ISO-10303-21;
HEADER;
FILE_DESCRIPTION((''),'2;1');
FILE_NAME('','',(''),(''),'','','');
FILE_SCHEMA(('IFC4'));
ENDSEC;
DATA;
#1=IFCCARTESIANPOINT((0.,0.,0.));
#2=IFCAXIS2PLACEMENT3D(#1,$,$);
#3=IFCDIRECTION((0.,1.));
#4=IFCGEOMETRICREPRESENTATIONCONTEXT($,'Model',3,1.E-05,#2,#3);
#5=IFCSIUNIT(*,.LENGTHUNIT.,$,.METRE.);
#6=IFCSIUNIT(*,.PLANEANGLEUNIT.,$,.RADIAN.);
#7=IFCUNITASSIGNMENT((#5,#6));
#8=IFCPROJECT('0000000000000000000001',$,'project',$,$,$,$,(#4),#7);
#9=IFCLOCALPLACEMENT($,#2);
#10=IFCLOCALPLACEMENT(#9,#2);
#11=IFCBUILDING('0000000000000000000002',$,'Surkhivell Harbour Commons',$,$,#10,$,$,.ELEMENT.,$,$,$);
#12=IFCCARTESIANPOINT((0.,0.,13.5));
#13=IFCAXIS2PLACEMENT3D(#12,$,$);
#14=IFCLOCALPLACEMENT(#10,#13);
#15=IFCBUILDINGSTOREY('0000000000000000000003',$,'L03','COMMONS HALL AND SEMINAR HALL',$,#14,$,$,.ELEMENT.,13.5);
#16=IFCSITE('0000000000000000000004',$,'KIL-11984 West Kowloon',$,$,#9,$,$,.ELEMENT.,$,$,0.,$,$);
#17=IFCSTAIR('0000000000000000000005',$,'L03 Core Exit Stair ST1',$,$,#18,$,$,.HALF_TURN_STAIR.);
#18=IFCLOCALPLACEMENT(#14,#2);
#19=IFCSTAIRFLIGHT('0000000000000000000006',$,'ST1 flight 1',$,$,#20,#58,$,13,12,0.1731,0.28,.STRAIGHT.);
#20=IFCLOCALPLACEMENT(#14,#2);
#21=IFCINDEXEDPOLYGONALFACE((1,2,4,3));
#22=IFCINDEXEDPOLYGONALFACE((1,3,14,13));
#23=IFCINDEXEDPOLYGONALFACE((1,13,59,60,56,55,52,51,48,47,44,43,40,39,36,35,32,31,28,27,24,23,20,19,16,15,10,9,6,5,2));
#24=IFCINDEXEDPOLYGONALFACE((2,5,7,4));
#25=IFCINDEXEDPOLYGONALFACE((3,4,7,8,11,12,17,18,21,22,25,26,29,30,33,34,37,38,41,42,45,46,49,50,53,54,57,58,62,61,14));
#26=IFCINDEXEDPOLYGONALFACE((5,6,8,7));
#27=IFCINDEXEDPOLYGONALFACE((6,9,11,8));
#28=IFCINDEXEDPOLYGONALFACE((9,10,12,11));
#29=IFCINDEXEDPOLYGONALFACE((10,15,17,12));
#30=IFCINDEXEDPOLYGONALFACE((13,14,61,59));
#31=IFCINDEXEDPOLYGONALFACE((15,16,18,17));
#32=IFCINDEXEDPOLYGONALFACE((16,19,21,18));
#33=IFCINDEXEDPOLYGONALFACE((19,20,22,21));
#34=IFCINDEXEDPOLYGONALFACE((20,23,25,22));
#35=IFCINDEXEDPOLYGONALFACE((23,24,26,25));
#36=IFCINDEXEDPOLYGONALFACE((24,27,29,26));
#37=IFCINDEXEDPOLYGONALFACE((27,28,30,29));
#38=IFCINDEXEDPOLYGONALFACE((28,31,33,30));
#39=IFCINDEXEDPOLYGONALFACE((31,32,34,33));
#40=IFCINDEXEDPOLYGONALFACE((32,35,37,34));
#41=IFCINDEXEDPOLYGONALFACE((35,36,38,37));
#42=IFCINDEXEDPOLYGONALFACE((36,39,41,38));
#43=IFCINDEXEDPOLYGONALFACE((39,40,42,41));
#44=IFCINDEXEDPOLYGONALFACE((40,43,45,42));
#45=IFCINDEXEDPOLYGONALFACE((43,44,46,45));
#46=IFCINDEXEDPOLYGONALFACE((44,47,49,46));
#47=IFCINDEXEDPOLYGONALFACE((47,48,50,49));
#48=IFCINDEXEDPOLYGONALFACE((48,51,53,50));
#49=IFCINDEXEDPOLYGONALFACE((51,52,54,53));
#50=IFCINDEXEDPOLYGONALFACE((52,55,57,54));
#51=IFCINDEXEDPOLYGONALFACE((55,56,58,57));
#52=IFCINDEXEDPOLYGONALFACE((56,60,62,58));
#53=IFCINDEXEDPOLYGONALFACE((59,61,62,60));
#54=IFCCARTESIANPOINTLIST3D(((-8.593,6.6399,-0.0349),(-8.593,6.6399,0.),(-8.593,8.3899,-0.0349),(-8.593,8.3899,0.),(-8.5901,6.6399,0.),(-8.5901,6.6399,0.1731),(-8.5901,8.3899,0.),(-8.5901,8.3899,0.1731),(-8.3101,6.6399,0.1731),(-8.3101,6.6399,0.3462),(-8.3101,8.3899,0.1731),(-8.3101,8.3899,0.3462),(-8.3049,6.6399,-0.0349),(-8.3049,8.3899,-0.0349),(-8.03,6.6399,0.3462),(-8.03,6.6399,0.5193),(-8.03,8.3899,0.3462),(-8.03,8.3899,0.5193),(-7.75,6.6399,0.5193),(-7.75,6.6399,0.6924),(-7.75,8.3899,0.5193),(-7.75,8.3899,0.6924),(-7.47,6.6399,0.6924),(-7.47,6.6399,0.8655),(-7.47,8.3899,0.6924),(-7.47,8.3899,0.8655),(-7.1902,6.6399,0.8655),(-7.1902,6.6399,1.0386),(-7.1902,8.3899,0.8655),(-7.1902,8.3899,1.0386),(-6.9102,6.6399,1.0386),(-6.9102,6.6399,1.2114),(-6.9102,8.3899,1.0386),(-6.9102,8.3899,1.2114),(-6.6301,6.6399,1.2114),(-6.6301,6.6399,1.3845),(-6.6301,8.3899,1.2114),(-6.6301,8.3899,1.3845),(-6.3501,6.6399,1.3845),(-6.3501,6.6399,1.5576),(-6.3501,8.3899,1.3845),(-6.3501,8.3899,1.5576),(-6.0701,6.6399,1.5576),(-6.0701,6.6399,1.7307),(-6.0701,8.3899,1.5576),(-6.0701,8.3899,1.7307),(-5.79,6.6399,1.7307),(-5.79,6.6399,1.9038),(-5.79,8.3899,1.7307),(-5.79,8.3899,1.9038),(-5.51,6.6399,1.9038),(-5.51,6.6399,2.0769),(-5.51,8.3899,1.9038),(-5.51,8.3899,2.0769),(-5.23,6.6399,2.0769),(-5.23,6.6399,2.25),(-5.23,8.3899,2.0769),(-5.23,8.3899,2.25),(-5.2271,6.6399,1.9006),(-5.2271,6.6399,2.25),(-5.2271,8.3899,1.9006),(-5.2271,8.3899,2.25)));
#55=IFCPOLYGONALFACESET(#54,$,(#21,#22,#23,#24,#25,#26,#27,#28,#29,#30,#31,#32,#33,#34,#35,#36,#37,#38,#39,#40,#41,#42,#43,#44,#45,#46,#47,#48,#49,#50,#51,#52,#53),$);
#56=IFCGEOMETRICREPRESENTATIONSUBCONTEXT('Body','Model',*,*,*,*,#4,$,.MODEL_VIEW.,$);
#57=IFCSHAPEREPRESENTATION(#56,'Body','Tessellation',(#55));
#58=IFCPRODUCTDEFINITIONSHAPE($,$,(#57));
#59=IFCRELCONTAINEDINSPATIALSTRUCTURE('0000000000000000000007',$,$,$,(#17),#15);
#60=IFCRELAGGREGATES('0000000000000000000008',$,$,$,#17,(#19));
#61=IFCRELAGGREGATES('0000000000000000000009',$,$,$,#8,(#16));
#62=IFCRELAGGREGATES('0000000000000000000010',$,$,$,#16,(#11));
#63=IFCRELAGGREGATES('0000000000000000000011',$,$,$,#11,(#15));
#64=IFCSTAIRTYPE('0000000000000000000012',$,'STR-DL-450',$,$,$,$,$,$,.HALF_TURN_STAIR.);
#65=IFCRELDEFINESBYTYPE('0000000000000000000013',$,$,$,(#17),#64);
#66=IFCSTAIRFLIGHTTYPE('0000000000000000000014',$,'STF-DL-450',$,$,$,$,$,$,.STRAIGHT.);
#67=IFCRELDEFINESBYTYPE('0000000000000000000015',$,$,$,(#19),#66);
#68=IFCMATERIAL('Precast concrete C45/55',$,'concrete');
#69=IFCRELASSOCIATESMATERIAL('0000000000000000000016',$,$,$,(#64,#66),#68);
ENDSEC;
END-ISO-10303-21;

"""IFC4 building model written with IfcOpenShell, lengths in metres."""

from ifc_helpers import new_model, si_unit, direction, frame, origin, place, context, subcontext, project, spatial, polyline, outline, extrude, material, type_object, element, aggregate, save


model = new_model("IFC4")

# Units and contexts
model_context = context("Model", 3, precision=1e-05, world=origin(), true_north=direction((0.0, 1.0)))
body_context = subcontext(model_context, "Body", "Model", "MODEL_VIEW")
ifc_project = project(units=[si_unit("LENGTHUNIT", "METRE"), si_unit("PLANEANGLEUNIT", "RADIAN")], contexts=[model_context])

# Site, building, storey
site_placement = place(None, origin())
site = spatial("IfcSite", under=ifc_project, at=site_placement, Name="KIL-11984 West Kowloon", CompositionType="ELEMENT", RefElevation=0.0)
building_placement = place(site_placement, origin())
building = spatial("IfcBuilding", under=site, at=building_placement, Name="Surkhivell Harbour Commons", CompositionType="ELEMENT")
storey_placement = place(building_placement, frame((0.0, 0.0, 13.5)))
storey = spatial("IfcBuildingStorey", under=building, at=storey_placement, Name="L03", Description="COMMONS HALL AND SEMINAR HALL", CompositionType="ELEMENT", Elevation=13.5)

# Stair, stair flight
ifc_material_1 = material(Name="Precast concrete C45/55", Category="concrete")
stair_type = type_object("IfcStairType", Name="STR-DL-450", PredefinedType="HALF_TURN_STAIR", material=ifc_material_1)
stair_placement = place(storey_placement, origin())
stair = element("IfcStair", 1, at=stair_placement, inside=storey, type_object=stair_type, Name="L03 Core Exit Stair ST1", PredefinedType="HALF_TURN_STAIR")
stair_flight_type = type_object("IfcStairFlightType", Name="STF-DL-450", PredefinedType="STRAIGHT", material=ifc_material_1)
stair_flight_placement = place(storey_placement, frame((-8.5901, 7.5149, 0.0), z_axis=(0.0, 0.0, 1.0), x_axis=(1.0, 0.0, 0.0)))
stair_flight = element("IfcStairFlight", 2, at=stair_flight_placement, type_object=stair_flight_type, Name="ST1 flight 1", NumberOfRisers=13, NumberOfTreads=12, PredefinedType="STRAIGHT", RiserHeight=0.1731, TreadLength=0.28, context=body_context, shape_type="SweptSolid", body=[
    extrude(outline(polyline([(-0.0029, -0.0349), (-0.0029, 0.0), (0.0, 0.0), (0.0, 0.1731), (0.28, 0.1731), (0.28, 0.3462), (0.5601, 0.3462), (0.5601, 0.5193), (0.8401, 0.5193), (0.8401, 0.6924), (1.1201, 0.6924), (1.1201, 0.8655), (1.3999, 0.8655), (1.3999, 1.0386), (1.6799, 1.0386), (1.6799, 1.2114), (1.96, 1.2114), (1.96, 1.3845), (2.24, 1.3845), (2.24, 1.5576), (2.52, 1.5576), (2.52, 1.7307), (2.8, 1.7307), (2.8, 1.9038), (3.0801, 1.9038), (3.0801, 2.0769), (3.3601, 2.0769), (3.3601, 2.25), (3.363, 2.25), (3.363, 1.9006), (0.2852, -0.0349), (-0.0029, -0.0349)])), frame((0.0, 0.875, 0.0), z_axis=(0.0, -1.0, 0.0), x_axis=(1.0, 0.0, 0.0)), (0.0, 0.0, 1.0), 1.75),
])
aggregate(stair, [stair_flight])

save(model, "model.ifc")
